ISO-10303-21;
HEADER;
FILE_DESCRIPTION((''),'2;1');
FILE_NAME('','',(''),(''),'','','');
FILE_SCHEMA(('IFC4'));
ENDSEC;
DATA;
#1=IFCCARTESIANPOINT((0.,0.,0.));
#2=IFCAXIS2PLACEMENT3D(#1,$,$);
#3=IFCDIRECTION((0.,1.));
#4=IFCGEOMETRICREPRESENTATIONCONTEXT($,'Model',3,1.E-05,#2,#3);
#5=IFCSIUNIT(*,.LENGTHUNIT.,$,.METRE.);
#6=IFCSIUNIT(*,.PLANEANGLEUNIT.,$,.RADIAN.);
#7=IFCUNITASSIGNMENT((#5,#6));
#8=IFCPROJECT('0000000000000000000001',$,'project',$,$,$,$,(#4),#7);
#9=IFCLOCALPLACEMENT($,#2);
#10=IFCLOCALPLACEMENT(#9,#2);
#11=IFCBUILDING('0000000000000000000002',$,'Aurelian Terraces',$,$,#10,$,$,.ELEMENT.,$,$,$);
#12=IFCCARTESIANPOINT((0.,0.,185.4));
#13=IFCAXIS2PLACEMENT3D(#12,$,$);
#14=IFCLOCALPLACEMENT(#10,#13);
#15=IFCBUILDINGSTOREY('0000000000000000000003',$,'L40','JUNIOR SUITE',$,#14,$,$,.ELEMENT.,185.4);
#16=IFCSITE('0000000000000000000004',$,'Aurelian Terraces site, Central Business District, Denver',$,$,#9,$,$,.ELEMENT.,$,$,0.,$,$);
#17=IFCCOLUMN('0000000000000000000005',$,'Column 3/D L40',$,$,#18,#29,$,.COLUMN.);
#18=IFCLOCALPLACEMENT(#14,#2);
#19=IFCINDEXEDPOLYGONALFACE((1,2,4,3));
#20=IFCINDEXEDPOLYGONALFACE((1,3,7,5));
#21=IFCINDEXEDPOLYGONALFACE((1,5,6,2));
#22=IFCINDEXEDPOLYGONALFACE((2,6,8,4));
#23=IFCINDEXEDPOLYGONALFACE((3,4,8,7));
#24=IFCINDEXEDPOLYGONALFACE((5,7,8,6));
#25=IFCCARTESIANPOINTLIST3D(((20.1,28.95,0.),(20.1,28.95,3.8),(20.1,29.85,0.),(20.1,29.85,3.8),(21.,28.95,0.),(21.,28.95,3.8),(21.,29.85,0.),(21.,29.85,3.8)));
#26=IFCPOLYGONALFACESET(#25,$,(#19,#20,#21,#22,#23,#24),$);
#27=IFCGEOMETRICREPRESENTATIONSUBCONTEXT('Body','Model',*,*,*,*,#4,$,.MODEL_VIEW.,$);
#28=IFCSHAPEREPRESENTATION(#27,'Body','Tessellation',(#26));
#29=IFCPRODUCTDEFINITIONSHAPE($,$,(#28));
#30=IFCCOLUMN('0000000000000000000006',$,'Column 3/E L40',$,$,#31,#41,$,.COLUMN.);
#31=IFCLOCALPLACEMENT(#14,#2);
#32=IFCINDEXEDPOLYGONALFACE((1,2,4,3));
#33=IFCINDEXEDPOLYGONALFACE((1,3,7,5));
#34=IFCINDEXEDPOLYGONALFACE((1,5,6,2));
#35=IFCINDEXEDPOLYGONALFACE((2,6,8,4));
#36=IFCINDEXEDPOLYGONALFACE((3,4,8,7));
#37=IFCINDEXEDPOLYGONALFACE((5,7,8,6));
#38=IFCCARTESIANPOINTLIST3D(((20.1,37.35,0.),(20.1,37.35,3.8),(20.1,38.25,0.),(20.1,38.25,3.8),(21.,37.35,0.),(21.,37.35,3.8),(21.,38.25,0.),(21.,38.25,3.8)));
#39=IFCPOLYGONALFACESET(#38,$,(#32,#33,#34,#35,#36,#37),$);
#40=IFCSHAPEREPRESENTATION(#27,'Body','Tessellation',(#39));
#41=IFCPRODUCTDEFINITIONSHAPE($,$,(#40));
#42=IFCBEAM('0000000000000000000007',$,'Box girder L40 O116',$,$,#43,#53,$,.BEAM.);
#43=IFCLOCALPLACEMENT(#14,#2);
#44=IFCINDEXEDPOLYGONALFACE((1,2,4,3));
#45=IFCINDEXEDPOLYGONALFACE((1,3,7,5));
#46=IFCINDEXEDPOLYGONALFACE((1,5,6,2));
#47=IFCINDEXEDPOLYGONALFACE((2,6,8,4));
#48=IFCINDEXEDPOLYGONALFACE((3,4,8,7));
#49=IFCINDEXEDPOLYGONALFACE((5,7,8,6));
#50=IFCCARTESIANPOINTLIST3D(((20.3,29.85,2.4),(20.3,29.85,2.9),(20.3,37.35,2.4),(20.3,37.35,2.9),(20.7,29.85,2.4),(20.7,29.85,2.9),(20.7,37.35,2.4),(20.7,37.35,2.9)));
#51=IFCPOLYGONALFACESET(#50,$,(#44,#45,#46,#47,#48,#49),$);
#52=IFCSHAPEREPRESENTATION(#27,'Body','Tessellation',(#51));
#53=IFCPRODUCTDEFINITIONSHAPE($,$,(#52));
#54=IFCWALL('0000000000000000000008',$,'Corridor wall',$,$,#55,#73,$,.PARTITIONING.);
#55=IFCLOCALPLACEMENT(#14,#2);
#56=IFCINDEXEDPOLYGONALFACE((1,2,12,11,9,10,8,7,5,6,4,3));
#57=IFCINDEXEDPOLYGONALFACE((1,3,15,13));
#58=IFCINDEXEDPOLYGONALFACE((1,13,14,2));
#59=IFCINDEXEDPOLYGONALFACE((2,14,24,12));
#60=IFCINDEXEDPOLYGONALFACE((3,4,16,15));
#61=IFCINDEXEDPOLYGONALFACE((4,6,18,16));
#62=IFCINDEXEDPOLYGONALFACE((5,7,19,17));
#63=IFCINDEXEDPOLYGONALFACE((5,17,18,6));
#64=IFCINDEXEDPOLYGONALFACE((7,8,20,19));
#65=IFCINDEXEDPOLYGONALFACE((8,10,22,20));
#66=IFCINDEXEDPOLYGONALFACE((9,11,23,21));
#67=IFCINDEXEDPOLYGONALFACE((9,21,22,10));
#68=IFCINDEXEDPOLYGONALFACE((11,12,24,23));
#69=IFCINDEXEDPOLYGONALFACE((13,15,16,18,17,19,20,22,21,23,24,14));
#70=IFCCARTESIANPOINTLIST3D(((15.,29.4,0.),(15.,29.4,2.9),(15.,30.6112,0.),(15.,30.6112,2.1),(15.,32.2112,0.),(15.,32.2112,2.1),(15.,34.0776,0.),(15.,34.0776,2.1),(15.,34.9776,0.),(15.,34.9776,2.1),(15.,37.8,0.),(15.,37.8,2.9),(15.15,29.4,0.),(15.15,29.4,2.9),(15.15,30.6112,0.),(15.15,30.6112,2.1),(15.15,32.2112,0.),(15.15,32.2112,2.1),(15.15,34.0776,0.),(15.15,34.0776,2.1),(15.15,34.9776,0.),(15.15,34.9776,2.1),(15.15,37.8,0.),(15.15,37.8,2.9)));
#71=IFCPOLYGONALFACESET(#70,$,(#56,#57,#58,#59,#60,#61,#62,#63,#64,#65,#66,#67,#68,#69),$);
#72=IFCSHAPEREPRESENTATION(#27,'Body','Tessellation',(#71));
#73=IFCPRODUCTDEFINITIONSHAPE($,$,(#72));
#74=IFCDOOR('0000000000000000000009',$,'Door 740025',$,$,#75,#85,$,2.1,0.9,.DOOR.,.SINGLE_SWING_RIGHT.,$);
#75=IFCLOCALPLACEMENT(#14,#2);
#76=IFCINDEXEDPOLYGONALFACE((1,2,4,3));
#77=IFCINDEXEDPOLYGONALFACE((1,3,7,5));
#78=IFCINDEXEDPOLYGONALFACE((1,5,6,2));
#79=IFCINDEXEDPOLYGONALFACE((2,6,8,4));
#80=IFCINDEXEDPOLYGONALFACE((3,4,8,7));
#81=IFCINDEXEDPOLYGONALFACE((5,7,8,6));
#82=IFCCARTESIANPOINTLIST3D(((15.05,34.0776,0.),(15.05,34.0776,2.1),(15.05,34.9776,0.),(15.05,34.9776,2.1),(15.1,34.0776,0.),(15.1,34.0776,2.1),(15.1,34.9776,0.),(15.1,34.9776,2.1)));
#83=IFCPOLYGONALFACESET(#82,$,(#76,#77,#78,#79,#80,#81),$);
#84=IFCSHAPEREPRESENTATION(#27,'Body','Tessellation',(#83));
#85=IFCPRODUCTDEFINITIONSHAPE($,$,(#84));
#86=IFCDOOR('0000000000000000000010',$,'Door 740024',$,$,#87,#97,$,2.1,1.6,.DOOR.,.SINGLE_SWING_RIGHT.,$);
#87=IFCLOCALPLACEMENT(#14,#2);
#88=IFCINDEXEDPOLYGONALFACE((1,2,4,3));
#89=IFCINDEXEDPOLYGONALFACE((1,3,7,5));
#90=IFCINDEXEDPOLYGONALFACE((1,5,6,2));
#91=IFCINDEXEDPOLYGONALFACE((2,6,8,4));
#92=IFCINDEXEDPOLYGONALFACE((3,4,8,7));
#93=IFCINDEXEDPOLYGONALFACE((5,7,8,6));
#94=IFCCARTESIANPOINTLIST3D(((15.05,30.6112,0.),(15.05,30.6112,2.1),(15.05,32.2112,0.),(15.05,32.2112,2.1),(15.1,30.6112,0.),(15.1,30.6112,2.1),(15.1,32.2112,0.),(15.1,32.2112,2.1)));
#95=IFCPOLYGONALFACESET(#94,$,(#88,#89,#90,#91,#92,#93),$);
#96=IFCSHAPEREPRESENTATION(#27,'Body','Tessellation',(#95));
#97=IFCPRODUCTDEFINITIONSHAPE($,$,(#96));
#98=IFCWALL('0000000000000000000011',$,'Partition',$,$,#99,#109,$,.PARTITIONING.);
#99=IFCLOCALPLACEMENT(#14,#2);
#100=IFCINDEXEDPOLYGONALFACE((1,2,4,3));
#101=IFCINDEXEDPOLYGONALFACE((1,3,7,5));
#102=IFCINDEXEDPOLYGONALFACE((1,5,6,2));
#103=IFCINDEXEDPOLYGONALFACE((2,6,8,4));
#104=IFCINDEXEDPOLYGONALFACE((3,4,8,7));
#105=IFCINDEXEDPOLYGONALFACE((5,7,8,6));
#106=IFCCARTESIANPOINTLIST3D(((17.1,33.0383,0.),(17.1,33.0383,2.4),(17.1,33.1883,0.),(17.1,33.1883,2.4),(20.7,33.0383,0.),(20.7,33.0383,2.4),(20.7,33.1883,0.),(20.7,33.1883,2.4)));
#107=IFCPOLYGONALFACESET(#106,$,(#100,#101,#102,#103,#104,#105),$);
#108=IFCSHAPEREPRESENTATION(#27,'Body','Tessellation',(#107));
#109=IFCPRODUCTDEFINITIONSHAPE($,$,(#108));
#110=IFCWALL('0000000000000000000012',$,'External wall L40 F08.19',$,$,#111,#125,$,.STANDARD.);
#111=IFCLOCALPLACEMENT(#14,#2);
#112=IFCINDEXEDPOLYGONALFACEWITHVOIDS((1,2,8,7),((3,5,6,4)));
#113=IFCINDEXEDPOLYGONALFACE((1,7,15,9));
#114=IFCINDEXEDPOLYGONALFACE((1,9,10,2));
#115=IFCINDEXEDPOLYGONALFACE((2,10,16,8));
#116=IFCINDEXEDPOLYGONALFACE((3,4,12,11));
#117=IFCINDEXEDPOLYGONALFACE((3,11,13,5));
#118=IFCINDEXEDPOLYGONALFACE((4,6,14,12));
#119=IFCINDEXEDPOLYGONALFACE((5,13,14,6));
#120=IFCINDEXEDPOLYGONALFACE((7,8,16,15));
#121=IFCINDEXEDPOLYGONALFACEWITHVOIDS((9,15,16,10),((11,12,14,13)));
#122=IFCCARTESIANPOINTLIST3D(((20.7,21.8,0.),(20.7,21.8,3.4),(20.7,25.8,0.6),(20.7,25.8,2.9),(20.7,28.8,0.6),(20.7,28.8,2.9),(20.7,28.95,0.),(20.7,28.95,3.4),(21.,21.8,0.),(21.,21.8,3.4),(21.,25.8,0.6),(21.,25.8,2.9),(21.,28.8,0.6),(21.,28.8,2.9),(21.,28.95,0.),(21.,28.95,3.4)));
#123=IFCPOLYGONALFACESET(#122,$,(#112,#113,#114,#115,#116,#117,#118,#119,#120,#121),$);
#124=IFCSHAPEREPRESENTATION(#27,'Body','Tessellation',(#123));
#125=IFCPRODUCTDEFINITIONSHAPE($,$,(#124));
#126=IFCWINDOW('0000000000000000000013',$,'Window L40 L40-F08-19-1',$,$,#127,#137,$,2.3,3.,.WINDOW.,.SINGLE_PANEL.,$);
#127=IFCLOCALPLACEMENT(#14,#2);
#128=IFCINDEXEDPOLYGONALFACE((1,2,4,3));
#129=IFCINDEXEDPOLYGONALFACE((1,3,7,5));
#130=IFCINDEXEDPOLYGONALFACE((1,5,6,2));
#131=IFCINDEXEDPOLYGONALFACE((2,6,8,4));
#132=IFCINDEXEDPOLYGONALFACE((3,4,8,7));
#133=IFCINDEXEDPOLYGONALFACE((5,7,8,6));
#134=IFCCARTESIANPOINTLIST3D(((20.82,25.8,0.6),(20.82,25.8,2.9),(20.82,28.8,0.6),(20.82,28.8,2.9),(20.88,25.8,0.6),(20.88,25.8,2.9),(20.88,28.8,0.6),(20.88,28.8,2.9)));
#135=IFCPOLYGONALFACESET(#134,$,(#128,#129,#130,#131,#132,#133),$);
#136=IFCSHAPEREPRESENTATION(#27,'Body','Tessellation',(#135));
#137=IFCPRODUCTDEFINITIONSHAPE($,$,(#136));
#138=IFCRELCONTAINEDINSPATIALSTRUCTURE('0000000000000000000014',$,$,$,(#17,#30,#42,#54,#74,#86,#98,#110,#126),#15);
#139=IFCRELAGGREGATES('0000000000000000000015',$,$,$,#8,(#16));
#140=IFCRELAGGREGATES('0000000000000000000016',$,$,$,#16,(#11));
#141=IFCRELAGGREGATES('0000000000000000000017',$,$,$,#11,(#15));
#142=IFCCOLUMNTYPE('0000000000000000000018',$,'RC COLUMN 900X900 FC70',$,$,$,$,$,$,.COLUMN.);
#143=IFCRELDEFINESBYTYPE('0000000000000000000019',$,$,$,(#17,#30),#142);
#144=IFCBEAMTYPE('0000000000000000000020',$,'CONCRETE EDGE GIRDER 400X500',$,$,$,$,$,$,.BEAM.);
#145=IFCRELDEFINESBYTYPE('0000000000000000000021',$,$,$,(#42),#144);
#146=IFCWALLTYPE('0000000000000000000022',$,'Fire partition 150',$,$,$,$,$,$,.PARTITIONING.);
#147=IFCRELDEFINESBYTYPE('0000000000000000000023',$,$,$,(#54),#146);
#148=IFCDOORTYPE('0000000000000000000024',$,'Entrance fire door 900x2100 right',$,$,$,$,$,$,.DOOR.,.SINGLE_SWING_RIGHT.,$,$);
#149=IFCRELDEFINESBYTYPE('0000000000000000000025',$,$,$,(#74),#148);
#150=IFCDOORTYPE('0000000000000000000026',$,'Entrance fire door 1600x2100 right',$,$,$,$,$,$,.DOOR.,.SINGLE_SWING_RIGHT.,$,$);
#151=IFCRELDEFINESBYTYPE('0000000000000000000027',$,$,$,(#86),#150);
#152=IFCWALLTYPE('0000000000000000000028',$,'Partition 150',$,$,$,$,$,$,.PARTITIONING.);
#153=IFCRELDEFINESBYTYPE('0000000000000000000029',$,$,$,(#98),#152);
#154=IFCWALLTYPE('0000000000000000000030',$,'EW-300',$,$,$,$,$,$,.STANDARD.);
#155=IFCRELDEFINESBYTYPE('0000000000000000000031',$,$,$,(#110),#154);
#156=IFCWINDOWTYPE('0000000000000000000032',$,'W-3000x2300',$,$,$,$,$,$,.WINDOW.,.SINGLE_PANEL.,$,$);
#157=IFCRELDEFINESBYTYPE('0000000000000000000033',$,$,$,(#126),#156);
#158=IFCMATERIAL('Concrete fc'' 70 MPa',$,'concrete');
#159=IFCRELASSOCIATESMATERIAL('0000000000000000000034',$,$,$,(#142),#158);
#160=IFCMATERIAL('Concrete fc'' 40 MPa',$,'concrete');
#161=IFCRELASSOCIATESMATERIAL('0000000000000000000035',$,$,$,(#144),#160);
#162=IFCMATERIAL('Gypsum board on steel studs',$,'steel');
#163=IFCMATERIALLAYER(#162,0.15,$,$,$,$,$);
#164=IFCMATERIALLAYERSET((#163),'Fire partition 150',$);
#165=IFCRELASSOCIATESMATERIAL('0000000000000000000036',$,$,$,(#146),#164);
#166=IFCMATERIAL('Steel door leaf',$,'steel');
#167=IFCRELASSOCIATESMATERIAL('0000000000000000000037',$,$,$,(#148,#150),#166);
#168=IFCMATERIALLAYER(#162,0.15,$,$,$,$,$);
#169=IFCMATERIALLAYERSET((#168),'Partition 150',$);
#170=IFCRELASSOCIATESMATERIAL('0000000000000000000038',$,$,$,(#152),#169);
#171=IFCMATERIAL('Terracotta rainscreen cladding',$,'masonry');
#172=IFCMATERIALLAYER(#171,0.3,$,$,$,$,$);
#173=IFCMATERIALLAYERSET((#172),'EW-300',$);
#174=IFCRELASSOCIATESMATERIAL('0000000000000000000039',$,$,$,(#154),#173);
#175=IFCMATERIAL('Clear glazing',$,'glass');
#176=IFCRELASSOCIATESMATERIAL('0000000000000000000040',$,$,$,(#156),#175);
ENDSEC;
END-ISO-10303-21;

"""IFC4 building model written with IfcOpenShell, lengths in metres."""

from ifc_helpers import new_model, si_unit, direction, frame, frame_2d, origin, origin_2d, place, context, subcontext, project, spatial, rectangle, extrude, source, transform, mapped, material, layer, layer_set, material_profile, profile_set, type_object, element, fill, save


model = new_model("IFC4")

# Units and contexts
model_context = context("Model", 3, precision=1e-05, world=origin(), true_north=direction((0.0, 1.0)))
body_context = subcontext(model_context, "Body", "Model", "MODEL_VIEW")
ifc_project = project(units=[si_unit("LENGTHUNIT", "METRE"), si_unit("PLANEANGLEUNIT", "RADIAN")], contexts=[model_context])

# Site, building, storey
site_placement = place(None, origin())
site = spatial("IfcSite", under=ifc_project, at=site_placement, Name="Aurelian Terraces site, Central Business District, Denver", CompositionType="ELEMENT", RefElevation=0.0)
building_placement = place(site_placement, origin())
building = spatial("IfcBuilding", under=site, at=building_placement, Name="Aurelian Terraces", CompositionType="ELEMENT")
storey_placement = place(building_placement, frame((0.0, 0.0, 185.4)))
storey = spatial("IfcBuildingStorey", under=building, at=storey_placement, Name="L40", Description="JUNIOR SUITE", CompositionType="ELEMENT", Elevation=185.4)

# Columns
ifc_material_1 = material(Name="Concrete fc' 70 MPa", Category="concrete")
ifc_material_profile_1 = material_profile(ifc_material_1, rectangle(XDim=0.9, YDim=0.9, at=origin_2d()))
ifc_profile_set_1 = profile_set([ifc_material_profile_1], Name="Concrete fc' 70 MPa")
column_type = type_object("IfcColumnType", Name="RC COLUMN 900X900 FC70", PredefinedType="COLUMN", material=ifc_profile_set_1)
shared_shape_1 = source(origin(), body_context, "Body", "SweptSolid", [
    extrude(rectangle(XDim=0.9, YDim=0.9, at=origin_2d()), origin(), (0.0, 0.0, 1.0), 3.8),
])
for number, where, z_axis, x_axis, name in (
    (1, (20.55, 29.4, 0.0), (0.0, 0.0, 1.0), (1.0, 0.0, 0.0), "Column 3/D L40"),
    (2, (20.55, 37.8, 0.0), (0.0, 0.0, 1.0), (1.0, 0.0, 0.0), "Column 3/E L40"),
):
    element("IfcColumn", number, at=place(storey_placement, frame(where, z_axis=z_axis, x_axis=x_axis)), inside=storey, type_object=column_type, Name=name, PredefinedType="COLUMN", context=body_context, shape_type="MappedRepresentation", body=[
        mapped(shared_shape_1, transform((0.0, 0.0, 0.0), scale=1.0)),
    ])

# Beam
ifc_material_2 = material(Name="Concrete fc' 40 MPa", Category="concrete")
ifc_material_profile_2 = material_profile(ifc_material_2, rectangle(XDim=0.4, YDim=0.5, at=origin_2d()))
ifc_profile_set_2 = profile_set([ifc_material_profile_2], Name="Concrete fc' 40 MPa")
beam_type = type_object("IfcBeamType", Name="CONCRETE EDGE GIRDER 400X500", PredefinedType="BEAM", material=ifc_profile_set_2)
shared_shape_2 = source(origin(), body_context, "Body", "SweptSolid", [
    extrude(rectangle(XDim=0.4, YDim=0.5, at=origin_2d()), origin(), (0.0, 0.0, 1.0), 7.5),
])
beam_placement = place(storey_placement, frame((20.5, 29.85, 2.65), z_axis=(0.0, 1.0, 0.0), x_axis=(-1.0, 0.0, 0.0)))
element("IfcBeam", 3, at=beam_placement, inside=storey, type_object=beam_type, Name="Box girder L40 O116", PredefinedType="BEAM", context=body_context, shape_type="MappedRepresentation", body=[
    mapped(shared_shape_2, transform((0.0, 0.0, 0.0), scale=1.0)),
])

# Wall, openings, doors
ifc_material_3 = material(Name="Gypsum board on steel studs", Category="steel")
ifc_layer_1 = layer(ifc_material_3, 0.15)
ifc_layer_set_1 = layer_set([ifc_layer_1], Name="Fire partition 150")
wall_type_1 = type_object("IfcWallType", Name="Fire partition 150", PredefinedType="PARTITIONING", material=ifc_layer_set_1)
wall_1_placement = place(storey_placement, frame((15.075, 29.4, 0.0), z_axis=(0.0, 0.0, 1.0), x_axis=(0.0, 1.0, 0.0)))
wall_1 = element("IfcWall", 4, at=wall_1_placement, inside=storey, type_object=wall_type_1, Name="Corridor wall", PredefinedType="PARTITIONING", context=body_context, shape_type="SweptSolid", body=[
    extrude(rectangle(XDim=8.4, YDim=0.15, at=frame_2d((4.2, 0.0))), origin(), (0.0, 0.0, 1.0), 2.9),
])
shared_shape_3 = source(origin(), body_context, "Body", "SweptSolid", [
    extrude(rectangle(XDim=1.6, YDim=2.1, at=frame_2d((0.8, 1.05))), frame((0.0, 0.085, 0.0), z_axis=(0.0, -1.0, 0.0), x_axis=(1.0, 0.0, 0.0)), (0.0, 0.0, 1.0), 0.17),
])
opening_1_placement = place(wall_1_placement, frame((1.2112, 0.0, 0.0)))
opening_1 = element("IfcOpeningElement", 5, at=opening_1_placement, cuts=wall_1, PredefinedType="OPENING", context=body_context, shape_type="MappedRepresentation", body=[
    mapped(shared_shape_3, transform((0.0, 0.0, 0.0), scale=1.0)),
])
shared_shape_4 = source(origin(), body_context, "Body", "SweptSolid", [
    extrude(rectangle(XDim=0.9, YDim=2.1, at=frame_2d((0.45, 1.05))), frame((0.0, 0.085, 0.0), z_axis=(0.0, -1.0, 0.0), x_axis=(1.0, 0.0, 0.0)), (0.0, 0.0, 1.0), 0.17),
])
opening_2_placement = place(wall_1_placement, frame((4.6776, 0.0, 0.0)))
opening_2 = element("IfcOpeningElement", 6, at=opening_2_placement, cuts=wall_1, PredefinedType="OPENING", context=body_context, shape_type="MappedRepresentation", body=[
    mapped(shared_shape_4, transform((0.0, 0.0, 0.0), scale=1.0)),
])
ifc_material_4 = material(Name="Steel door leaf", Category="steel")
door_type_1 = type_object("IfcDoorType", Name="Entrance fire door 900x2100 right", OperationType="SINGLE_SWING_RIGHT", PredefinedType="DOOR", material=ifc_material_4)
shared_shape_5 = source(origin(), body_context, "Body", "SweptSolid", [
    extrude(rectangle(XDim=0.9, YDim=2.1, at=frame_2d((0.45, 1.05))), frame((0.0, 0.025, 0.0), z_axis=(0.0, -1.0, 0.0), x_axis=(1.0, 0.0, 0.0)), (0.0, 0.0, 1.0), 0.05),
])
door_1_placement = place(opening_2_placement, origin())
door_1 = element("IfcDoor", 7, at=door_1_placement, inside=storey, type_object=door_type_1, Name="Door 740025", OperationType="SINGLE_SWING_RIGHT", OverallHeight=2.1, OverallWidth=0.9, PredefinedType="DOOR", context=body_context, shape_type="MappedRepresentation", body=[
    mapped(shared_shape_5, transform((0.0, 0.0, 0.0), scale=1.0)),
])
fill(opening_2, door_1)
door_type_2 = type_object("IfcDoorType", Name="Entrance fire door 1600x2100 right", OperationType="SINGLE_SWING_RIGHT", PredefinedType="DOOR", material=ifc_material_4)
shared_shape_6 = source(origin(), body_context, "Body", "SweptSolid", [
    extrude(rectangle(XDim=1.6, YDim=2.1, at=frame_2d((0.8, 1.05))), frame((0.0, 0.025, 0.0), z_axis=(0.0, -1.0, 0.0), x_axis=(1.0, 0.0, 0.0)), (0.0, 0.0, 1.0), 0.05),
])
door_2_placement = place(opening_1_placement, origin())
door_2 = element("IfcDoor", 8, at=door_2_placement, inside=storey, type_object=door_type_2, Name="Door 740024", OperationType="SINGLE_SWING_RIGHT", OverallHeight=2.1, OverallWidth=1.6, PredefinedType="DOOR", context=body_context, shape_type="MappedRepresentation", body=[
    mapped(shared_shape_6, transform((0.0, 0.0, 0.0), scale=1.0)),
])
fill(opening_1, door_2)

# Wall
ifc_layer_2 = layer(ifc_material_3, 0.15)
ifc_layer_set_2 = layer_set([ifc_layer_2], Name="Partition 150")
wall_type_2 = type_object("IfcWallType", Name="Partition 150", PredefinedType="PARTITIONING", material=ifc_layer_set_2)
wall_2_placement = place(storey_placement, frame((17.1, 33.1133, 0.0), z_axis=(0.0, 0.0, 1.0), x_axis=(1.0, 0.0, 0.0)))
element("IfcWall", 9, at=wall_2_placement, inside=storey, type_object=wall_type_2, Name="Partition", PredefinedType="PARTITIONING", context=body_context, shape_type="SweptSolid", body=[
    extrude(rectangle(XDim=3.6, YDim=0.15, at=frame_2d((1.8, 0.0))), origin(), (0.0, 0.0, 1.0), 2.4),
])

# Wall, opening, window
ifc_material_5 = material(Name="Terracotta rainscreen cladding", Category="masonry")
ifc_layer_3 = layer(ifc_material_5, 0.3)
ifc_layer_set_3 = layer_set([ifc_layer_3], Name="EW-300")
wall_type_3 = type_object("IfcWallType", Name="EW-300", PredefinedType="STANDARD", material=ifc_layer_set_3)
shared_shape_7 = source(origin(), body_context, "Body", "SweptSolid", [
    extrude(rectangle(XDim=7.15, YDim=0.3, at=frame_2d((3.575, 0.0))), origin(), (0.0, 0.0, 1.0), 3.4),
])
wall_3_placement = place(storey_placement, frame((20.85, 21.8, 0.0), z_axis=(0.0, 0.0, 1.0), x_axis=(0.0, 1.0, 0.0)))
wall_3 = element("IfcWall", 10, at=wall_3_placement, inside=storey, type_object=wall_type_3, Name="External wall L40 F08.19", PredefinedType="STANDARD", context=body_context, shape_type="MappedRepresentation", body=[
    mapped(shared_shape_7, transform((0.0, 0.0, 0.0), scale=1.0)),
])
shared_shape_8 = source(origin(), body_context, "Body", "SweptSolid", [
    extrude(rectangle(XDim=3.0, YDim=2.3, at=frame_2d((1.5, 1.15))), frame((0.0, 0.16, 0.0), z_axis=(0.0, -1.0, 0.0), x_axis=(1.0, 0.0, 0.0)), (0.0, 0.0, 1.0), 0.32),
])
opening_3_placement = place(wall_3_placement, frame((4.0, 0.0, 0.6)))
opening_3 = element("IfcOpeningElement", 11, at=opening_3_placement, cuts=wall_3, PredefinedType="OPENING", context=body_context, shape_type="MappedRepresentation", body=[
    mapped(shared_shape_8, transform((0.0, 0.0, 0.0), scale=1.0)),
])
ifc_material_6 = material(Name="Clear glazing", Category="glass")
window_type_1 = type_object("IfcWindowType", Name="W-3000x2300", PartitioningType="SINGLE_PANEL", PredefinedType="WINDOW", material=ifc_material_6)
shared_shape_9 = source(origin(), body_context, "Body", "SweptSolid", [
    extrude(rectangle(XDim=3.0, YDim=2.3, at=frame_2d((1.5, 1.15))), frame((0.0, 0.03, 0.0), z_axis=(0.0, -1.0, 0.0), x_axis=(1.0, 0.0, 0.0)), (0.0, 0.0, 1.0), 0.06),
])
window_1_placement = place(opening_3_placement, origin())
window_1 = element("IfcWindow", 12, at=window_1_placement, inside=storey, type_object=window_type_1, Name="Window L40 L40-F08-19-1", OverallHeight=2.3, OverallWidth=3.0, PartitioningType="SINGLE_PANEL", PredefinedType="WINDOW", context=body_context, shape_type="MappedRepresentation", body=[
    mapped(shared_shape_9, transform((0.0, 0.0, 0.0), scale=1.0)),
])
fill(opening_3, window_1)

save(model, "model.ifc")
